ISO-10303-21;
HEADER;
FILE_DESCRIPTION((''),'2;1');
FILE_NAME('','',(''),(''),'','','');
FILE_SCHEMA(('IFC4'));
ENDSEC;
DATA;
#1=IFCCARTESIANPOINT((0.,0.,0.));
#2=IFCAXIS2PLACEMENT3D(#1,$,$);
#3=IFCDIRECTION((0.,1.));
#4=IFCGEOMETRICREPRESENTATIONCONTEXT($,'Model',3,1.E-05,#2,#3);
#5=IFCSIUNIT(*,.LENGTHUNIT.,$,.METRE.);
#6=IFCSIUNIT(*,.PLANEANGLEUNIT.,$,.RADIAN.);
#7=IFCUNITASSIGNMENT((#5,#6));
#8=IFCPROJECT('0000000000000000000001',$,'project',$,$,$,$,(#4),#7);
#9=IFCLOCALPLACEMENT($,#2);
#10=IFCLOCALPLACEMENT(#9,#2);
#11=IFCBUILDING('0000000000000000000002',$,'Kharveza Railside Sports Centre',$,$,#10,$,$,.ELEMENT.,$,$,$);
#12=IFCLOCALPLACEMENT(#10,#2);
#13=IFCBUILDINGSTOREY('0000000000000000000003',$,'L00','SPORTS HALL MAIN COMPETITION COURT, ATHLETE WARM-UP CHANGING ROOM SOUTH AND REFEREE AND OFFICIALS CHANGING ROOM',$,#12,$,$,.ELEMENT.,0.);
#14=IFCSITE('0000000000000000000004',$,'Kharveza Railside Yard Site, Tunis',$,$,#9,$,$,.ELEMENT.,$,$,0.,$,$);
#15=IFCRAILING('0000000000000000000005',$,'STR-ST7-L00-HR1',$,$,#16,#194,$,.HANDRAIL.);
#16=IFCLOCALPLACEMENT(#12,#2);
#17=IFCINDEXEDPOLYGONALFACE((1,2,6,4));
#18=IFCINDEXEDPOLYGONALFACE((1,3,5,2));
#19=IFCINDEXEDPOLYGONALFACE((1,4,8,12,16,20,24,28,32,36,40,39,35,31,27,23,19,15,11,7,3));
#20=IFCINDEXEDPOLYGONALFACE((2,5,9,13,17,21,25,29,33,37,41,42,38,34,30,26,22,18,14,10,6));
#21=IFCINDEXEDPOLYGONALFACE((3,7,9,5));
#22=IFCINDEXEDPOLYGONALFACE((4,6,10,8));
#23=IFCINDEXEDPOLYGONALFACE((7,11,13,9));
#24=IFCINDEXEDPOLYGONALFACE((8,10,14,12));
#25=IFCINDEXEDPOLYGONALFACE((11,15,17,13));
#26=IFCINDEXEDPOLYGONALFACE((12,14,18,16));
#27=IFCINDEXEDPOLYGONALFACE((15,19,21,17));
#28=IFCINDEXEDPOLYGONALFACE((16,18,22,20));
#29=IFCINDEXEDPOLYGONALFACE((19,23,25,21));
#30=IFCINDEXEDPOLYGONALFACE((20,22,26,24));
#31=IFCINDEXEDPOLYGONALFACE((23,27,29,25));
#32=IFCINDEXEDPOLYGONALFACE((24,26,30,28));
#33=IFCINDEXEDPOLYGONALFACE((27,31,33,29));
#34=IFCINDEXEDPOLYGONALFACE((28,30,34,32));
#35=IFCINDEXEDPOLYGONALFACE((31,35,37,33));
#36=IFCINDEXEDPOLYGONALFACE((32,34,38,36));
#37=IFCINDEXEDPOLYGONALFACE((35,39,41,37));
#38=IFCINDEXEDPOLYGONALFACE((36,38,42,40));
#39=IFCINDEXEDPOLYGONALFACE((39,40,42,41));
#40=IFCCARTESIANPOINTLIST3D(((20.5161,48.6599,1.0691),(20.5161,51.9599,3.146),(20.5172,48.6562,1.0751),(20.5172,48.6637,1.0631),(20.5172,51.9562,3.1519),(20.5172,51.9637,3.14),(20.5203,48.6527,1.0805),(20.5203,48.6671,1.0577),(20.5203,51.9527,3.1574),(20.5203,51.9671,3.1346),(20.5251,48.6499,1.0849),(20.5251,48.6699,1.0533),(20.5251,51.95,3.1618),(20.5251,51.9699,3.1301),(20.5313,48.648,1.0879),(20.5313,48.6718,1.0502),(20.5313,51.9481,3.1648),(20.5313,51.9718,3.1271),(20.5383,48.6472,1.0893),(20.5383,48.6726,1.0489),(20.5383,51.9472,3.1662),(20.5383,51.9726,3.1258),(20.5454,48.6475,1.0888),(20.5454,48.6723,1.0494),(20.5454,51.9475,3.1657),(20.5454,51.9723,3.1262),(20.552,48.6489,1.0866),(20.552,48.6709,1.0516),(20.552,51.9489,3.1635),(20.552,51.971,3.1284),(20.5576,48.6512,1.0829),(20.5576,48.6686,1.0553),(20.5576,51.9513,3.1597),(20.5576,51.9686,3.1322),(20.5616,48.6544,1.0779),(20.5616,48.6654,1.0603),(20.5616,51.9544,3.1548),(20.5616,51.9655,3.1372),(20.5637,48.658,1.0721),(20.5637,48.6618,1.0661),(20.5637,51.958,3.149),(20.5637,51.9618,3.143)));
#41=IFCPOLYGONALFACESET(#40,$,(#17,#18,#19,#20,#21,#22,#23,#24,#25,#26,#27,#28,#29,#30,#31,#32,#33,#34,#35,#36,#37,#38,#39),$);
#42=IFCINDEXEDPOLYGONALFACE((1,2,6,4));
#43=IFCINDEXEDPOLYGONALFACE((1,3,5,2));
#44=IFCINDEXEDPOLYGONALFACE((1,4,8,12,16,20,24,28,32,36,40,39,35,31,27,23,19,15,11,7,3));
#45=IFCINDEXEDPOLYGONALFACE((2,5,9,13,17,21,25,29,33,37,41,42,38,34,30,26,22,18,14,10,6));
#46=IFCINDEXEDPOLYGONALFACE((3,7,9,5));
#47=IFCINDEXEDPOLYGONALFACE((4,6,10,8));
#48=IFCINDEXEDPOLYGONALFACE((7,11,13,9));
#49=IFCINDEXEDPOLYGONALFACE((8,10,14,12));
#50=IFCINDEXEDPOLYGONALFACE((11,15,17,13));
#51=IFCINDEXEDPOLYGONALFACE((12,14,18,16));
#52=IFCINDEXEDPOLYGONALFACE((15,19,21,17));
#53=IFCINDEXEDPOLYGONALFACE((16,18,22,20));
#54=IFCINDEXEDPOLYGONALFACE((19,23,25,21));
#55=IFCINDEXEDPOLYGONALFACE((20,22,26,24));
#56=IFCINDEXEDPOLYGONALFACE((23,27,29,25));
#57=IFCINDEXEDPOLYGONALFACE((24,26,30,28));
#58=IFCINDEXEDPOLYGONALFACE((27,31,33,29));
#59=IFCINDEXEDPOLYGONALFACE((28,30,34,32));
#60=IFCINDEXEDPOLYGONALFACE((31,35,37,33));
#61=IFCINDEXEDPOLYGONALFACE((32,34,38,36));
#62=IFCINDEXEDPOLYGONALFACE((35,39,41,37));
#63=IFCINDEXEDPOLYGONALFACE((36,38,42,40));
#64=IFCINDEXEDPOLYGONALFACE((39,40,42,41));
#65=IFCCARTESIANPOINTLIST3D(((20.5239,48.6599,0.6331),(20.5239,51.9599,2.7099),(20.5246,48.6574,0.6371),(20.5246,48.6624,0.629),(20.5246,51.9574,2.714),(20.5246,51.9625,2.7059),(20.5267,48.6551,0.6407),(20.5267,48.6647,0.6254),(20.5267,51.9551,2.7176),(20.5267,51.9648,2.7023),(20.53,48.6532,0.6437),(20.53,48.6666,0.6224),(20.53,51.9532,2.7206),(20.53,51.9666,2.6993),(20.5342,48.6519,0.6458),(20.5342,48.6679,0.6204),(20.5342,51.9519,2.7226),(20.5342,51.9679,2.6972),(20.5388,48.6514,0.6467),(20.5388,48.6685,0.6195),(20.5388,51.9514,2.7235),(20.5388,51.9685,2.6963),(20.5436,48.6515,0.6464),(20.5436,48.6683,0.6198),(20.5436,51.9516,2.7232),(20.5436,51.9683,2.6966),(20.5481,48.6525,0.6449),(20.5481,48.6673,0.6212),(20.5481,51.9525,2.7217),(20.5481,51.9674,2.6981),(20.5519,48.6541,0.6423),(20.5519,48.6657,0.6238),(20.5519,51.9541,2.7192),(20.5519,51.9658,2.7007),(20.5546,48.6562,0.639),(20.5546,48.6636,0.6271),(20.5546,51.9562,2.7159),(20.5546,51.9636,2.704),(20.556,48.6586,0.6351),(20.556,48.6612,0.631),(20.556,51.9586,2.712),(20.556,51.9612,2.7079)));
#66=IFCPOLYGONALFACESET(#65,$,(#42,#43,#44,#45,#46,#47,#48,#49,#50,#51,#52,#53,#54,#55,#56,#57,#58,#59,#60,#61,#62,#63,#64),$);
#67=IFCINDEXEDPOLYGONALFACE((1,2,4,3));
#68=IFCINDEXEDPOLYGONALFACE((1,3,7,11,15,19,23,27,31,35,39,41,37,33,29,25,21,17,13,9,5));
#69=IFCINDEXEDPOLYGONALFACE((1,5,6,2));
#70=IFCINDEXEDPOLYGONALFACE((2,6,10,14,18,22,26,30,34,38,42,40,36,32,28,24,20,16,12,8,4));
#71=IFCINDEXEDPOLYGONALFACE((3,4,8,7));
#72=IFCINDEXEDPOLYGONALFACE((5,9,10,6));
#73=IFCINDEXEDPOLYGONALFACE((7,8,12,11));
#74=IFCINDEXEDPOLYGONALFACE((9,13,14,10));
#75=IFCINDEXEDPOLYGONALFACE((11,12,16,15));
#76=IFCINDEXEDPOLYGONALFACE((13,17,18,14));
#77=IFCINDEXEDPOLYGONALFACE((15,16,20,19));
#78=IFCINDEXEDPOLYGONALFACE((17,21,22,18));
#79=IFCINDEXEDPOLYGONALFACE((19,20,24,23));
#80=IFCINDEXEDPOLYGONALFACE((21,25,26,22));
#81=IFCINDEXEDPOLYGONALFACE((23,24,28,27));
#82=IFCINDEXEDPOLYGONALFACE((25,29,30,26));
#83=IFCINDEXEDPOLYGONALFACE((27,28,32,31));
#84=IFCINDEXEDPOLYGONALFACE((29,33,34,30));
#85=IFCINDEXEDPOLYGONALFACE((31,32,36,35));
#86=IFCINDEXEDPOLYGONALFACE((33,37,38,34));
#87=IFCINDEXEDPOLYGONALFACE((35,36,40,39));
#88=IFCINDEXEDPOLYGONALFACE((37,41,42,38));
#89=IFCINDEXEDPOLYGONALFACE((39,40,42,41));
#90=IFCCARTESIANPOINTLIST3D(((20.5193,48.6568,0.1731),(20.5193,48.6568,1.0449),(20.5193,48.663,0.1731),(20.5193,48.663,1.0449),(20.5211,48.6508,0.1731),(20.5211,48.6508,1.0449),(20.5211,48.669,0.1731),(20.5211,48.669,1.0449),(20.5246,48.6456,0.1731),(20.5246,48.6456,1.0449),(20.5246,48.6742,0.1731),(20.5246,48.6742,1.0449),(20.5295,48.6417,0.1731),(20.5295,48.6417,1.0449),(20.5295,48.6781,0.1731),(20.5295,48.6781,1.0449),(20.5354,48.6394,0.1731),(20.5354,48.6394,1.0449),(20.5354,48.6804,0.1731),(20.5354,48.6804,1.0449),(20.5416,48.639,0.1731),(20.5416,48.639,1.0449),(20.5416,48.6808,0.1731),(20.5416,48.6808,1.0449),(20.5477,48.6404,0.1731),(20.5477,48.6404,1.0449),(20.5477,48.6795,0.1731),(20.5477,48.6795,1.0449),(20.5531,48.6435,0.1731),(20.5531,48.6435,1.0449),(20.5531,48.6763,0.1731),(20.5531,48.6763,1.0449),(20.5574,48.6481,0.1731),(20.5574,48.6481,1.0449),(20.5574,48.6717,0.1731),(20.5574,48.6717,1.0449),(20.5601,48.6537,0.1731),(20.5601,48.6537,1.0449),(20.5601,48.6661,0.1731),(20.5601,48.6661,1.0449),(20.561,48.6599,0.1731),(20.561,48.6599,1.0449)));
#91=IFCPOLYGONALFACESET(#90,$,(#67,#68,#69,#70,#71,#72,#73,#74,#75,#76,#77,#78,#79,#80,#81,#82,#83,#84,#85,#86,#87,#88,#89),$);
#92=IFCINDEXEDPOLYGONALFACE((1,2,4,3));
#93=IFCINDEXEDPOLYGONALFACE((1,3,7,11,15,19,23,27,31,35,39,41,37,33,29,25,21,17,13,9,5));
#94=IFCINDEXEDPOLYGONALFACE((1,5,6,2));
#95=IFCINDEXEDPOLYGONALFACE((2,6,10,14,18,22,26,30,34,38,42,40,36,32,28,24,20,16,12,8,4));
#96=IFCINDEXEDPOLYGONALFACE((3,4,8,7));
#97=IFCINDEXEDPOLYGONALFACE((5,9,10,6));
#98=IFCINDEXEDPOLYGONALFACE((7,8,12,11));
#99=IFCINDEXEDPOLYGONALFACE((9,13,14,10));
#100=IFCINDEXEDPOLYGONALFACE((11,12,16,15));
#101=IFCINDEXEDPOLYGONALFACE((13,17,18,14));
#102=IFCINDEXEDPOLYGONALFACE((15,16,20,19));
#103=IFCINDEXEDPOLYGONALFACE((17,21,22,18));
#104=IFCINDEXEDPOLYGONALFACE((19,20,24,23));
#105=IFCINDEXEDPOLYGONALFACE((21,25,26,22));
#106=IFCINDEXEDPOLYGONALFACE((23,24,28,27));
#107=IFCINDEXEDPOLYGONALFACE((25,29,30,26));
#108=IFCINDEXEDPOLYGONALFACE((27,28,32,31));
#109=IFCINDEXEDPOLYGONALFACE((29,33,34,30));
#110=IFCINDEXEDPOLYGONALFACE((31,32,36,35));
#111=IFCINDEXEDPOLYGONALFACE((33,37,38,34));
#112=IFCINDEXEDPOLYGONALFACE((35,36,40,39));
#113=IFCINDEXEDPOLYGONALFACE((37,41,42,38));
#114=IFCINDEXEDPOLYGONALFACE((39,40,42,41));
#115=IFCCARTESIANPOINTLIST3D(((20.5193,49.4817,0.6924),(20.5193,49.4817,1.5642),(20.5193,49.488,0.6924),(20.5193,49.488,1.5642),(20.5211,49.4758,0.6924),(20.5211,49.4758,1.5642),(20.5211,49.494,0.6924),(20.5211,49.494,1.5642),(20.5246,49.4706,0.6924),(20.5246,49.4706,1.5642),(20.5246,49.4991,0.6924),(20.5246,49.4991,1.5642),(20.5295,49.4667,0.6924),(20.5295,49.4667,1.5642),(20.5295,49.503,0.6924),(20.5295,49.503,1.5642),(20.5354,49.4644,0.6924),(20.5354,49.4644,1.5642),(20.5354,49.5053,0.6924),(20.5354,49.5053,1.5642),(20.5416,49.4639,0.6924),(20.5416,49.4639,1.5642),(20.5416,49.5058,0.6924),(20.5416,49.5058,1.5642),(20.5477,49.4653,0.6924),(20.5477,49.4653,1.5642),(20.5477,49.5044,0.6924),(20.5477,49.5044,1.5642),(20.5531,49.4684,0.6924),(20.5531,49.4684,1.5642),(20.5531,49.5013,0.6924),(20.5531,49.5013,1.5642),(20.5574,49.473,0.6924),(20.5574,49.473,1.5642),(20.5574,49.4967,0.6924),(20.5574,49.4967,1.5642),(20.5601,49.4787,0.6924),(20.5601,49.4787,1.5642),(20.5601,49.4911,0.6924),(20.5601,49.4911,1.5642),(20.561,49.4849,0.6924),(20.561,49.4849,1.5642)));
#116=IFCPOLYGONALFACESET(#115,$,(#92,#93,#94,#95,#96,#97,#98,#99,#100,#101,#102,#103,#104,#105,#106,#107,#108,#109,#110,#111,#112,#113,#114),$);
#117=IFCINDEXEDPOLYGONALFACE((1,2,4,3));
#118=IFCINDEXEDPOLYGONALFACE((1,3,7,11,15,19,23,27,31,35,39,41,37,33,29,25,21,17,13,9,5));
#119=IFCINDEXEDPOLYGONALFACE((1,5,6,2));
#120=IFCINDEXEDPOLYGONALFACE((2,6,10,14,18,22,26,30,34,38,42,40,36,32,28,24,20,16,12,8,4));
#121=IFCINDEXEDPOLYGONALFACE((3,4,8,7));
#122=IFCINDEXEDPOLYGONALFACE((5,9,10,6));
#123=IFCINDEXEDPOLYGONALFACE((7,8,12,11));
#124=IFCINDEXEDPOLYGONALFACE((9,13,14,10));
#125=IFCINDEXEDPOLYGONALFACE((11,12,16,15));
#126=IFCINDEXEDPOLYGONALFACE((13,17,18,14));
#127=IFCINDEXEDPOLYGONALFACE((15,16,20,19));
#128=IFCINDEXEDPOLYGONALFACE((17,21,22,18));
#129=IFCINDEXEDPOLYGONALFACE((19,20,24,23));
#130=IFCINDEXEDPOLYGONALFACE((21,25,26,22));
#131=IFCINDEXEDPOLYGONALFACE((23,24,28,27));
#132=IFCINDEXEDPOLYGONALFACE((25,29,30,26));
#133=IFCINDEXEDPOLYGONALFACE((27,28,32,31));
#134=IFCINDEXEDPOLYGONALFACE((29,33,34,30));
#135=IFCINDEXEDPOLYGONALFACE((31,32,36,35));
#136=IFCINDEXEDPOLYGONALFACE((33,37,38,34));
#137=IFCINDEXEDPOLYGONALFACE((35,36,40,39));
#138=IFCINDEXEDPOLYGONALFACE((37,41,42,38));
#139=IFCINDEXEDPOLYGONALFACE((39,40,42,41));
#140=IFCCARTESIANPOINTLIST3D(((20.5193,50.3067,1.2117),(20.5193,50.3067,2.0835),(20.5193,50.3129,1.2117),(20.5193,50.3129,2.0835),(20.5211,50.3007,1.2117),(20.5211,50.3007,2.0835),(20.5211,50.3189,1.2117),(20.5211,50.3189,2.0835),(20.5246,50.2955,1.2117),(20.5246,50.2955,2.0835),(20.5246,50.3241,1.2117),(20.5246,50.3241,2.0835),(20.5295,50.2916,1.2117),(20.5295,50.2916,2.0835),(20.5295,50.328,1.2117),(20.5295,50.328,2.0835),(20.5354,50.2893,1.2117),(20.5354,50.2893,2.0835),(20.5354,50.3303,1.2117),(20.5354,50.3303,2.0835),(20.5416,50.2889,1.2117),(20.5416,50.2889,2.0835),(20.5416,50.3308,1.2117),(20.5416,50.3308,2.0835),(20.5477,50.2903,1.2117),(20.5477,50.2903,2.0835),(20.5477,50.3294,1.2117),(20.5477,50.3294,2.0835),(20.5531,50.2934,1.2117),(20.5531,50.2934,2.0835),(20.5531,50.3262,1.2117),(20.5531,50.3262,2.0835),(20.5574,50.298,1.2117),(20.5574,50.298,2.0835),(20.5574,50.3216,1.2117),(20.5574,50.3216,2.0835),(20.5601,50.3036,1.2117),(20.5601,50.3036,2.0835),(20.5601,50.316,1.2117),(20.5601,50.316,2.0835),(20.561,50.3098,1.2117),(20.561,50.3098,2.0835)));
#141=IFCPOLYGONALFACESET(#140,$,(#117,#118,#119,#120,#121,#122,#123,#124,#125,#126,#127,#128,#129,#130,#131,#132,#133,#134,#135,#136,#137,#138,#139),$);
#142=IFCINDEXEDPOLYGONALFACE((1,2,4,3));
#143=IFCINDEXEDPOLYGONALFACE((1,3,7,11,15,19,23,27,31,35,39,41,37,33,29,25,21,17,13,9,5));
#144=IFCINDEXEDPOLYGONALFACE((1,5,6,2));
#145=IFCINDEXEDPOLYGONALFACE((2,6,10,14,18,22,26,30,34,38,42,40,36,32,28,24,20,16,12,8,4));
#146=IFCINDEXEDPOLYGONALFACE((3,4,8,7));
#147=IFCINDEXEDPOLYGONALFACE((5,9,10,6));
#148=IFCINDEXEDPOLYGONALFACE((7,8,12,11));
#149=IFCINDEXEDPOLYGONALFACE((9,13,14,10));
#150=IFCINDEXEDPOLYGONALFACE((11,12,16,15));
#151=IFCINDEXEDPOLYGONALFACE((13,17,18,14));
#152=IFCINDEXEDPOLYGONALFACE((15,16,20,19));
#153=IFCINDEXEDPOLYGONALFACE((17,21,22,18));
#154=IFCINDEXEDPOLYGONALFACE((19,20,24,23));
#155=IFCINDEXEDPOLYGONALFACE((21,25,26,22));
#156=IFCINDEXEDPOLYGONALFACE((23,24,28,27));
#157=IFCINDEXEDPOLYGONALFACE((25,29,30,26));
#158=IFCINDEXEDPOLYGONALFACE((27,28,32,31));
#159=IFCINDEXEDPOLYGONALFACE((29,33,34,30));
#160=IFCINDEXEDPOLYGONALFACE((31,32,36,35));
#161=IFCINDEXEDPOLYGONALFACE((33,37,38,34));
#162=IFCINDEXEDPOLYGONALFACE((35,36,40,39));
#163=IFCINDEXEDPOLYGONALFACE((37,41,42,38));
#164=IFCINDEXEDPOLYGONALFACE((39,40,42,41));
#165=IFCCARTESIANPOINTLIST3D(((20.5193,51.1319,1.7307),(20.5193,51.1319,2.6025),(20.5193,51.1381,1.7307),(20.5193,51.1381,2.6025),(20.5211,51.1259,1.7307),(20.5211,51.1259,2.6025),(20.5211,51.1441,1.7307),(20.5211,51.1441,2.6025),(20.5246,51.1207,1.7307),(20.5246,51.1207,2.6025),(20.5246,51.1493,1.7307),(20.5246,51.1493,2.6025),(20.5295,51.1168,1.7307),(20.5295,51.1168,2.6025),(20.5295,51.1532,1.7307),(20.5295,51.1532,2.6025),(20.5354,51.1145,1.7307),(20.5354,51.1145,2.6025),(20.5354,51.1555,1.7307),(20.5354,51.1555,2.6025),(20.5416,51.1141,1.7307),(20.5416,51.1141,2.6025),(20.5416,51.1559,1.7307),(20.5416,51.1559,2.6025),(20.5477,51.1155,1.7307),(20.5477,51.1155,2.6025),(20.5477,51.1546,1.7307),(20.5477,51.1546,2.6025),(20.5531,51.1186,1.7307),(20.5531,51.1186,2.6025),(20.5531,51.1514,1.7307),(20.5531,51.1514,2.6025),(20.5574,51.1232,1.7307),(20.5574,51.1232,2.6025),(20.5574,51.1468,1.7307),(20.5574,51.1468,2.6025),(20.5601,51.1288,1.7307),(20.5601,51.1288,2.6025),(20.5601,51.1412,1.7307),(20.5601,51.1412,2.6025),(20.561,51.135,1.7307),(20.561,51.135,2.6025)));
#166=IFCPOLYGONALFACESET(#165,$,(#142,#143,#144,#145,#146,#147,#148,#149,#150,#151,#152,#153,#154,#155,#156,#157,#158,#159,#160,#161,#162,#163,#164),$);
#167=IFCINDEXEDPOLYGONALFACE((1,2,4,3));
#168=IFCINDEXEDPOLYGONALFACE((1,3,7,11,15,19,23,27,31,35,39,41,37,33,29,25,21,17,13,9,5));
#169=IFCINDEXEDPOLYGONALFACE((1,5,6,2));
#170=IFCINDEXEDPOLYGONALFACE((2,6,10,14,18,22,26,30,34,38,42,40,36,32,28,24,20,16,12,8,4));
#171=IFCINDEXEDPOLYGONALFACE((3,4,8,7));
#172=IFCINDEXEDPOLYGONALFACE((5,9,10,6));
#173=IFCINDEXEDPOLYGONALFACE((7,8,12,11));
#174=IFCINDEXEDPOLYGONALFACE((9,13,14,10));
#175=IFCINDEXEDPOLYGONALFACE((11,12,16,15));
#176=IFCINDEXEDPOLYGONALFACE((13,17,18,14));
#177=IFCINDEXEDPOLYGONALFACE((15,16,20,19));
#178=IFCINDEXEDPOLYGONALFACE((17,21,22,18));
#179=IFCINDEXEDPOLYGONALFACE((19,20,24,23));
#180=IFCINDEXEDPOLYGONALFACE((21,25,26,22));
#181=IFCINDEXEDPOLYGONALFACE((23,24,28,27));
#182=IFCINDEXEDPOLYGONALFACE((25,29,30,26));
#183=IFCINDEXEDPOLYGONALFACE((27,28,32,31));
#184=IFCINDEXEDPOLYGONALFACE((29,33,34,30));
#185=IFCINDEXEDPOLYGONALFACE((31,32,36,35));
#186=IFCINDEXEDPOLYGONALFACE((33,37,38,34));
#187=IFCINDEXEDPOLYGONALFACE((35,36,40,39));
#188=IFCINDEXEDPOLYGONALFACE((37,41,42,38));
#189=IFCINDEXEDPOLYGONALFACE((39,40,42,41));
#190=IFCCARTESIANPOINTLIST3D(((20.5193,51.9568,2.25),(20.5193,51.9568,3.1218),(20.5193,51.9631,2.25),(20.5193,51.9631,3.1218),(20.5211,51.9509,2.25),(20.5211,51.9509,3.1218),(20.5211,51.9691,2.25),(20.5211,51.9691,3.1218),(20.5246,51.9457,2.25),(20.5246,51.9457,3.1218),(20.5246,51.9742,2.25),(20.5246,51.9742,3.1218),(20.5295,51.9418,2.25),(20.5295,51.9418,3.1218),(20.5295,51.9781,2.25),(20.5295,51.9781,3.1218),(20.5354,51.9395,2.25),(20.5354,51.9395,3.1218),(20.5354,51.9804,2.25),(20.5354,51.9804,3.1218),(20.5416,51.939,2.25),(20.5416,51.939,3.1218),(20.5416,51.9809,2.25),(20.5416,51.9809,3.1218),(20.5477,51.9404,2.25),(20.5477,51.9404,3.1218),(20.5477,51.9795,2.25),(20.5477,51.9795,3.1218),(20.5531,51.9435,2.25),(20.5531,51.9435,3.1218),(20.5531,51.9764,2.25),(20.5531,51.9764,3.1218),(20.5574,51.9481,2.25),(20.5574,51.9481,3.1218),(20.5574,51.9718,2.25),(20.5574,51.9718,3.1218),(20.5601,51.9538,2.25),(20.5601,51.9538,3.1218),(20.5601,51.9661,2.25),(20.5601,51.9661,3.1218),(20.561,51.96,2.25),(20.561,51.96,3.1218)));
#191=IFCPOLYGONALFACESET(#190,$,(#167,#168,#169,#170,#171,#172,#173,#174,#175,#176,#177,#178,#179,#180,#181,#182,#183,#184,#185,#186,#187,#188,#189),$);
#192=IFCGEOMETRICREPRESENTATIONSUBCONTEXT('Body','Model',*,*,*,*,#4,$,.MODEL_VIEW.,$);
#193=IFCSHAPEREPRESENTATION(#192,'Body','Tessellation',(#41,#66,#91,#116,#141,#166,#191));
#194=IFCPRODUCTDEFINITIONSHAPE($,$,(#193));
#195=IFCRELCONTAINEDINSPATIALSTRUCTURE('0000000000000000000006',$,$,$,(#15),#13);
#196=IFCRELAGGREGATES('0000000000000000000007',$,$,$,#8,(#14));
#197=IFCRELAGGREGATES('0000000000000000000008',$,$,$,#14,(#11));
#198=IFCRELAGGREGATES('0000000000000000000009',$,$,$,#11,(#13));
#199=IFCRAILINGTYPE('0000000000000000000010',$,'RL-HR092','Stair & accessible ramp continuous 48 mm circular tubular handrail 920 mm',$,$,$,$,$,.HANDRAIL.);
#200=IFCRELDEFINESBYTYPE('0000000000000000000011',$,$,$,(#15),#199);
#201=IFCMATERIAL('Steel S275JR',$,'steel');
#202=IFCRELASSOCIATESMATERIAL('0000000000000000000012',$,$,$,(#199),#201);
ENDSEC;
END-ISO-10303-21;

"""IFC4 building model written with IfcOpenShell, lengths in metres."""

from ifc_helpers import new_model, si_unit, direction, frame, origin, origin_2d, place, context, subcontext, project, spatial, circle, extrude, material, type_object, element, save


model = new_model("IFC4")

# Units and contexts
model_context = context("Model", 3, precision=1e-05, world=origin(), true_north=direction((0.0, 1.0)))
body_context = subcontext(model_context, "Body", "Model", "MODEL_VIEW")
ifc_project = project(units=[si_unit("LENGTHUNIT", "METRE"), si_unit("PLANEANGLEUNIT", "RADIAN")], contexts=[model_context])

# Site, building, storey
site_placement = place(None, origin())
site = spatial("IfcSite", under=ifc_project, at=site_placement, Name="Kharveza Railside Yard Site, Tunis", CompositionType="ELEMENT", RefElevation=0.0)
building_placement = place(site_placement, origin())
building = spatial("IfcBuilding", under=site, at=building_placement, Name="Kharveza Railside Sports Centre", CompositionType="ELEMENT")
storey_placement = place(building_placement, origin())
storey = spatial("IfcBuildingStorey", under=building, at=storey_placement, Name="L00", Description="SPORTS HALL MAIN COMPETITION COURT, ATHLETE WARM-UP CHANGING ROOM SOUTH AND REFEREE AND OFFICIALS CHANGING ROOM", CompositionType="ELEMENT", Elevation=0.0)

# Railing
ifc_material_1 = material(Name="Steel S275JR", Category="steel")
railing_type_1 = type_object("IfcRailingType", Name="RL-HR092", Description="Stair & accessible ramp continuous 48 mm circular tubular handrail 920 mm", PredefinedType="HANDRAIL", material=ifc_material_1)
railing_1_placement = place(storey_placement, frame((20.54, 48.6599, 0.1731)))
element("IfcRailing", 1, at=railing_1_placement, inside=storey, type_object=railing_type_1, Name="STR-ST7-L00-HR1", PredefinedType="HANDRAIL", context=body_context, shape_type="SweptSolid", body=[
    extrude(circle(Radius=0.0239, at=origin_2d()), frame((0.0, 0.0, 0.896), z_axis=(0.0, 0.846337, 0.532647), x_axis=(-1.0, 0.0, 0.0)), (0.0, 0.0, 1.0), 3.8992),
    extrude(circle(Radius=0.0161, at=origin_2d()), frame((0.0, 0.0, 0.46), z_axis=(0.0, 0.846337, 0.532647), x_axis=(-1.0, 0.0, 0.0)), (0.0, 0.0, 1.0), 3.8992),
    extrude(circle(Radius=0.021, at=origin_2d()), origin(), (0.0, 0.0, 1.0), 0.8718),
    extrude(circle(Radius=0.021, at=origin_2d()), frame((0.0, 0.825, 0.5193)), (0.0, 0.0, 1.0), 0.8718),
    extrude(circle(Radius=0.021, at=origin_2d()), frame((0.0, 1.6499, 1.0386)), (0.0, 0.0, 1.0), 0.8718),
    extrude(circle(Radius=0.021, at=origin_2d()), frame((0.0, 2.4751, 1.5576)), (0.0, 0.0, 1.0), 0.8718),
    extrude(circle(Radius=0.021, at=origin_2d()), frame((0.0, 3.3, 2.0769)), (0.0, 0.0, 1.0), 0.8718),
])

save(model, "model.ifc")
